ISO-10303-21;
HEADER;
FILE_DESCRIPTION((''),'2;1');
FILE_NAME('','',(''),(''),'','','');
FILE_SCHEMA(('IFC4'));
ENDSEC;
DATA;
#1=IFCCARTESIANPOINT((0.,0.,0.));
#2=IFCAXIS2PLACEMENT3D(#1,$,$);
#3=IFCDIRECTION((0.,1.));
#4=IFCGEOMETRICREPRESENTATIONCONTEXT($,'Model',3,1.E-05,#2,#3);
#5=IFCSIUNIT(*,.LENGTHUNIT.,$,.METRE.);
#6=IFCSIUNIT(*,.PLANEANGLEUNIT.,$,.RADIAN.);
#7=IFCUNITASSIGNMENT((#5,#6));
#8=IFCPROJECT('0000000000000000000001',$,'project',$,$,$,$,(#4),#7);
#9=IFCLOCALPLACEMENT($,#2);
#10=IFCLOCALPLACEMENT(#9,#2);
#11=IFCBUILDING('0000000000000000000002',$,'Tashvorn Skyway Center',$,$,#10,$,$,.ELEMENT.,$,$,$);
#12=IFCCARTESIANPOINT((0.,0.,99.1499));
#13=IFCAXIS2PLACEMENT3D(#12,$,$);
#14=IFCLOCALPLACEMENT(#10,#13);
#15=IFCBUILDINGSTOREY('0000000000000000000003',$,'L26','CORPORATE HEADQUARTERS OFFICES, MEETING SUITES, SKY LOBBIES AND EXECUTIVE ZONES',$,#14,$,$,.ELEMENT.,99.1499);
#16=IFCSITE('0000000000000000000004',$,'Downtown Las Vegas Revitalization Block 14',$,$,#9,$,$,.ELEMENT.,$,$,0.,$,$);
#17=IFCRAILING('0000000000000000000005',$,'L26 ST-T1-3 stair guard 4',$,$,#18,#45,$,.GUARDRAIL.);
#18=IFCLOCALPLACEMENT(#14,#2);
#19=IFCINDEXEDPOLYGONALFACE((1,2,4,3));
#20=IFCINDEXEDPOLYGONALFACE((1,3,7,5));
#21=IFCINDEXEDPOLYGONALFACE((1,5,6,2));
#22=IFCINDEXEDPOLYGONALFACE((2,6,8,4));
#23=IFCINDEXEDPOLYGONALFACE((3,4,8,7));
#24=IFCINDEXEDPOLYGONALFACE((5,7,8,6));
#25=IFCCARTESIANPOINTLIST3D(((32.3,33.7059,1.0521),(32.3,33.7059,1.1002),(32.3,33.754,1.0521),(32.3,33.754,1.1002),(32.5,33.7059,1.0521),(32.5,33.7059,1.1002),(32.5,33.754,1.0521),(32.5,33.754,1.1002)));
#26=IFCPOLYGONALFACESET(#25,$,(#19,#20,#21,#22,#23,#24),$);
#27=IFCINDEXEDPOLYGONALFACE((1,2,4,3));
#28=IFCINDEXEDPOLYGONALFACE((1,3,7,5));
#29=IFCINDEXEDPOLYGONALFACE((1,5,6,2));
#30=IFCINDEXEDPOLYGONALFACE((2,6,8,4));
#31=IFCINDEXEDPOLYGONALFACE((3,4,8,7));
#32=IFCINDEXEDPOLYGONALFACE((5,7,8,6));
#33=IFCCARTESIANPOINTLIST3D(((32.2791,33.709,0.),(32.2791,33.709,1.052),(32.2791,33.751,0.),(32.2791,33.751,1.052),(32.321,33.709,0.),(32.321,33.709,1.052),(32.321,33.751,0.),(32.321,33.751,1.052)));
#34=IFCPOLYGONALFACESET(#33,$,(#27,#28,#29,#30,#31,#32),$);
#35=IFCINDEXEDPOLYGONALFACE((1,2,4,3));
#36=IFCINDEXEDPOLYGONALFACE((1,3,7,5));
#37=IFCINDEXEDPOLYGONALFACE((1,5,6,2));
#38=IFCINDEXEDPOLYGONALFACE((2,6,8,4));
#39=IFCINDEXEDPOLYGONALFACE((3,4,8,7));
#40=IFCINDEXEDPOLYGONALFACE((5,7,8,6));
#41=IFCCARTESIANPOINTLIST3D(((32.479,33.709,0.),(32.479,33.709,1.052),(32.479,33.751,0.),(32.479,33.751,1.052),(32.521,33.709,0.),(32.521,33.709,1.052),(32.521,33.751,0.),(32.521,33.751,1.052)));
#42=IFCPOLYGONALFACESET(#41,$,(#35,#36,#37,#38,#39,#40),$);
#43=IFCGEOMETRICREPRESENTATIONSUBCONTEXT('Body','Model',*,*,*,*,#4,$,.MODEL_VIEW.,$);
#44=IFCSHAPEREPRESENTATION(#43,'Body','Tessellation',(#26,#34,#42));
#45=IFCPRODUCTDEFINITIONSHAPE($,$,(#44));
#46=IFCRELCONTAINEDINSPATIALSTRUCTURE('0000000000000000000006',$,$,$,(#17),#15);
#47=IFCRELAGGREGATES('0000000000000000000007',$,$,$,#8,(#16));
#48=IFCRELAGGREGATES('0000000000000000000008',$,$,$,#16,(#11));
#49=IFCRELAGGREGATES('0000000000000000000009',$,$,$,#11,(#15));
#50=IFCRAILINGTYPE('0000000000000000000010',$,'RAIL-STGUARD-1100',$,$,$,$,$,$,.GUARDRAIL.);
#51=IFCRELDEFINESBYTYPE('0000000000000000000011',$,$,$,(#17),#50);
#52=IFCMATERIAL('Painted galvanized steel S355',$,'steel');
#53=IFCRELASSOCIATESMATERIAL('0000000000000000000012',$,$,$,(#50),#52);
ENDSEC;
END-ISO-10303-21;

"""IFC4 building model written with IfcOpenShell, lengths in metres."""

from ifc_helpers import new_model, si_unit, direction, frame, origin, origin_2d, place, context, subcontext, project, spatial, rectangle, extrude, material, type_object, element, save


model = new_model("IFC4")

# Units and contexts
model_context = context("Model", 3, precision=1e-05, world=origin(), true_north=direction((0.0, 1.0)))
body_context = subcontext(model_context, "Body", "Model", "MODEL_VIEW")
ifc_project = project(units=[si_unit("LENGTHUNIT", "METRE"), si_unit("PLANEANGLEUNIT", "RADIAN")], contexts=[model_context])

# Site, building, storey
site_placement = place(None, origin())
site = spatial("IfcSite", under=ifc_project, at=site_placement, Name="Downtown Las Vegas Revitalization Block 14", CompositionType="ELEMENT", RefElevation=0.0)
building_placement = place(site_placement, origin())
building = spatial("IfcBuilding", under=site, at=building_placement, Name="Tashvorn Skyway Center", CompositionType="ELEMENT")
storey_placement = place(building_placement, frame((0.0, 0.0, 99.1499)))
storey = spatial("IfcBuildingStorey", under=building, at=storey_placement, Name="L26", Description="CORPORATE HEADQUARTERS OFFICES, MEETING SUITES, SKY LOBBIES AND EXECUTIVE ZONES", CompositionType="ELEMENT", Elevation=99.1499)

# Railing
ifc_material_1 = material(Name="Painted galvanized steel S355", Category="steel")
railing_type_1 = type_object("IfcRailingType", Name="RAIL-STGUARD-1100", PredefinedType="GUARDRAIL", material=ifc_material_1)
railing_1_placement = place(storey_placement, frame((32.3, 33.73, 0.0)))
element("IfcRailing", 1, at=railing_1_placement, inside=storey, type_object=railing_type_1, Name="L26 ST-T1-3 stair guard 4", PredefinedType="GUARDRAIL", context=body_context, shape_type="SweptSolid", body=[
    extrude(rectangle(XDim=0.0481, YDim=0.0481, at=origin_2d()), frame((0.0, 0.0, 1.0762), z_axis=(1.0, 0.0, 0.0), x_axis=(0.0, 1.0, 0.0)), (0.0, 0.0, 1.0), 0.2),
    extrude(rectangle(XDim=0.042, YDim=0.042, at=origin_2d()), origin(), (0.0, 0.0, 1.0), 1.052),
    extrude(rectangle(XDim=0.042, YDim=0.042, at=origin_2d()), frame((0.2, 0.0, 0.0)), (0.0, 0.0, 1.0), 1.052),
])

save(model, "model.ifc")
